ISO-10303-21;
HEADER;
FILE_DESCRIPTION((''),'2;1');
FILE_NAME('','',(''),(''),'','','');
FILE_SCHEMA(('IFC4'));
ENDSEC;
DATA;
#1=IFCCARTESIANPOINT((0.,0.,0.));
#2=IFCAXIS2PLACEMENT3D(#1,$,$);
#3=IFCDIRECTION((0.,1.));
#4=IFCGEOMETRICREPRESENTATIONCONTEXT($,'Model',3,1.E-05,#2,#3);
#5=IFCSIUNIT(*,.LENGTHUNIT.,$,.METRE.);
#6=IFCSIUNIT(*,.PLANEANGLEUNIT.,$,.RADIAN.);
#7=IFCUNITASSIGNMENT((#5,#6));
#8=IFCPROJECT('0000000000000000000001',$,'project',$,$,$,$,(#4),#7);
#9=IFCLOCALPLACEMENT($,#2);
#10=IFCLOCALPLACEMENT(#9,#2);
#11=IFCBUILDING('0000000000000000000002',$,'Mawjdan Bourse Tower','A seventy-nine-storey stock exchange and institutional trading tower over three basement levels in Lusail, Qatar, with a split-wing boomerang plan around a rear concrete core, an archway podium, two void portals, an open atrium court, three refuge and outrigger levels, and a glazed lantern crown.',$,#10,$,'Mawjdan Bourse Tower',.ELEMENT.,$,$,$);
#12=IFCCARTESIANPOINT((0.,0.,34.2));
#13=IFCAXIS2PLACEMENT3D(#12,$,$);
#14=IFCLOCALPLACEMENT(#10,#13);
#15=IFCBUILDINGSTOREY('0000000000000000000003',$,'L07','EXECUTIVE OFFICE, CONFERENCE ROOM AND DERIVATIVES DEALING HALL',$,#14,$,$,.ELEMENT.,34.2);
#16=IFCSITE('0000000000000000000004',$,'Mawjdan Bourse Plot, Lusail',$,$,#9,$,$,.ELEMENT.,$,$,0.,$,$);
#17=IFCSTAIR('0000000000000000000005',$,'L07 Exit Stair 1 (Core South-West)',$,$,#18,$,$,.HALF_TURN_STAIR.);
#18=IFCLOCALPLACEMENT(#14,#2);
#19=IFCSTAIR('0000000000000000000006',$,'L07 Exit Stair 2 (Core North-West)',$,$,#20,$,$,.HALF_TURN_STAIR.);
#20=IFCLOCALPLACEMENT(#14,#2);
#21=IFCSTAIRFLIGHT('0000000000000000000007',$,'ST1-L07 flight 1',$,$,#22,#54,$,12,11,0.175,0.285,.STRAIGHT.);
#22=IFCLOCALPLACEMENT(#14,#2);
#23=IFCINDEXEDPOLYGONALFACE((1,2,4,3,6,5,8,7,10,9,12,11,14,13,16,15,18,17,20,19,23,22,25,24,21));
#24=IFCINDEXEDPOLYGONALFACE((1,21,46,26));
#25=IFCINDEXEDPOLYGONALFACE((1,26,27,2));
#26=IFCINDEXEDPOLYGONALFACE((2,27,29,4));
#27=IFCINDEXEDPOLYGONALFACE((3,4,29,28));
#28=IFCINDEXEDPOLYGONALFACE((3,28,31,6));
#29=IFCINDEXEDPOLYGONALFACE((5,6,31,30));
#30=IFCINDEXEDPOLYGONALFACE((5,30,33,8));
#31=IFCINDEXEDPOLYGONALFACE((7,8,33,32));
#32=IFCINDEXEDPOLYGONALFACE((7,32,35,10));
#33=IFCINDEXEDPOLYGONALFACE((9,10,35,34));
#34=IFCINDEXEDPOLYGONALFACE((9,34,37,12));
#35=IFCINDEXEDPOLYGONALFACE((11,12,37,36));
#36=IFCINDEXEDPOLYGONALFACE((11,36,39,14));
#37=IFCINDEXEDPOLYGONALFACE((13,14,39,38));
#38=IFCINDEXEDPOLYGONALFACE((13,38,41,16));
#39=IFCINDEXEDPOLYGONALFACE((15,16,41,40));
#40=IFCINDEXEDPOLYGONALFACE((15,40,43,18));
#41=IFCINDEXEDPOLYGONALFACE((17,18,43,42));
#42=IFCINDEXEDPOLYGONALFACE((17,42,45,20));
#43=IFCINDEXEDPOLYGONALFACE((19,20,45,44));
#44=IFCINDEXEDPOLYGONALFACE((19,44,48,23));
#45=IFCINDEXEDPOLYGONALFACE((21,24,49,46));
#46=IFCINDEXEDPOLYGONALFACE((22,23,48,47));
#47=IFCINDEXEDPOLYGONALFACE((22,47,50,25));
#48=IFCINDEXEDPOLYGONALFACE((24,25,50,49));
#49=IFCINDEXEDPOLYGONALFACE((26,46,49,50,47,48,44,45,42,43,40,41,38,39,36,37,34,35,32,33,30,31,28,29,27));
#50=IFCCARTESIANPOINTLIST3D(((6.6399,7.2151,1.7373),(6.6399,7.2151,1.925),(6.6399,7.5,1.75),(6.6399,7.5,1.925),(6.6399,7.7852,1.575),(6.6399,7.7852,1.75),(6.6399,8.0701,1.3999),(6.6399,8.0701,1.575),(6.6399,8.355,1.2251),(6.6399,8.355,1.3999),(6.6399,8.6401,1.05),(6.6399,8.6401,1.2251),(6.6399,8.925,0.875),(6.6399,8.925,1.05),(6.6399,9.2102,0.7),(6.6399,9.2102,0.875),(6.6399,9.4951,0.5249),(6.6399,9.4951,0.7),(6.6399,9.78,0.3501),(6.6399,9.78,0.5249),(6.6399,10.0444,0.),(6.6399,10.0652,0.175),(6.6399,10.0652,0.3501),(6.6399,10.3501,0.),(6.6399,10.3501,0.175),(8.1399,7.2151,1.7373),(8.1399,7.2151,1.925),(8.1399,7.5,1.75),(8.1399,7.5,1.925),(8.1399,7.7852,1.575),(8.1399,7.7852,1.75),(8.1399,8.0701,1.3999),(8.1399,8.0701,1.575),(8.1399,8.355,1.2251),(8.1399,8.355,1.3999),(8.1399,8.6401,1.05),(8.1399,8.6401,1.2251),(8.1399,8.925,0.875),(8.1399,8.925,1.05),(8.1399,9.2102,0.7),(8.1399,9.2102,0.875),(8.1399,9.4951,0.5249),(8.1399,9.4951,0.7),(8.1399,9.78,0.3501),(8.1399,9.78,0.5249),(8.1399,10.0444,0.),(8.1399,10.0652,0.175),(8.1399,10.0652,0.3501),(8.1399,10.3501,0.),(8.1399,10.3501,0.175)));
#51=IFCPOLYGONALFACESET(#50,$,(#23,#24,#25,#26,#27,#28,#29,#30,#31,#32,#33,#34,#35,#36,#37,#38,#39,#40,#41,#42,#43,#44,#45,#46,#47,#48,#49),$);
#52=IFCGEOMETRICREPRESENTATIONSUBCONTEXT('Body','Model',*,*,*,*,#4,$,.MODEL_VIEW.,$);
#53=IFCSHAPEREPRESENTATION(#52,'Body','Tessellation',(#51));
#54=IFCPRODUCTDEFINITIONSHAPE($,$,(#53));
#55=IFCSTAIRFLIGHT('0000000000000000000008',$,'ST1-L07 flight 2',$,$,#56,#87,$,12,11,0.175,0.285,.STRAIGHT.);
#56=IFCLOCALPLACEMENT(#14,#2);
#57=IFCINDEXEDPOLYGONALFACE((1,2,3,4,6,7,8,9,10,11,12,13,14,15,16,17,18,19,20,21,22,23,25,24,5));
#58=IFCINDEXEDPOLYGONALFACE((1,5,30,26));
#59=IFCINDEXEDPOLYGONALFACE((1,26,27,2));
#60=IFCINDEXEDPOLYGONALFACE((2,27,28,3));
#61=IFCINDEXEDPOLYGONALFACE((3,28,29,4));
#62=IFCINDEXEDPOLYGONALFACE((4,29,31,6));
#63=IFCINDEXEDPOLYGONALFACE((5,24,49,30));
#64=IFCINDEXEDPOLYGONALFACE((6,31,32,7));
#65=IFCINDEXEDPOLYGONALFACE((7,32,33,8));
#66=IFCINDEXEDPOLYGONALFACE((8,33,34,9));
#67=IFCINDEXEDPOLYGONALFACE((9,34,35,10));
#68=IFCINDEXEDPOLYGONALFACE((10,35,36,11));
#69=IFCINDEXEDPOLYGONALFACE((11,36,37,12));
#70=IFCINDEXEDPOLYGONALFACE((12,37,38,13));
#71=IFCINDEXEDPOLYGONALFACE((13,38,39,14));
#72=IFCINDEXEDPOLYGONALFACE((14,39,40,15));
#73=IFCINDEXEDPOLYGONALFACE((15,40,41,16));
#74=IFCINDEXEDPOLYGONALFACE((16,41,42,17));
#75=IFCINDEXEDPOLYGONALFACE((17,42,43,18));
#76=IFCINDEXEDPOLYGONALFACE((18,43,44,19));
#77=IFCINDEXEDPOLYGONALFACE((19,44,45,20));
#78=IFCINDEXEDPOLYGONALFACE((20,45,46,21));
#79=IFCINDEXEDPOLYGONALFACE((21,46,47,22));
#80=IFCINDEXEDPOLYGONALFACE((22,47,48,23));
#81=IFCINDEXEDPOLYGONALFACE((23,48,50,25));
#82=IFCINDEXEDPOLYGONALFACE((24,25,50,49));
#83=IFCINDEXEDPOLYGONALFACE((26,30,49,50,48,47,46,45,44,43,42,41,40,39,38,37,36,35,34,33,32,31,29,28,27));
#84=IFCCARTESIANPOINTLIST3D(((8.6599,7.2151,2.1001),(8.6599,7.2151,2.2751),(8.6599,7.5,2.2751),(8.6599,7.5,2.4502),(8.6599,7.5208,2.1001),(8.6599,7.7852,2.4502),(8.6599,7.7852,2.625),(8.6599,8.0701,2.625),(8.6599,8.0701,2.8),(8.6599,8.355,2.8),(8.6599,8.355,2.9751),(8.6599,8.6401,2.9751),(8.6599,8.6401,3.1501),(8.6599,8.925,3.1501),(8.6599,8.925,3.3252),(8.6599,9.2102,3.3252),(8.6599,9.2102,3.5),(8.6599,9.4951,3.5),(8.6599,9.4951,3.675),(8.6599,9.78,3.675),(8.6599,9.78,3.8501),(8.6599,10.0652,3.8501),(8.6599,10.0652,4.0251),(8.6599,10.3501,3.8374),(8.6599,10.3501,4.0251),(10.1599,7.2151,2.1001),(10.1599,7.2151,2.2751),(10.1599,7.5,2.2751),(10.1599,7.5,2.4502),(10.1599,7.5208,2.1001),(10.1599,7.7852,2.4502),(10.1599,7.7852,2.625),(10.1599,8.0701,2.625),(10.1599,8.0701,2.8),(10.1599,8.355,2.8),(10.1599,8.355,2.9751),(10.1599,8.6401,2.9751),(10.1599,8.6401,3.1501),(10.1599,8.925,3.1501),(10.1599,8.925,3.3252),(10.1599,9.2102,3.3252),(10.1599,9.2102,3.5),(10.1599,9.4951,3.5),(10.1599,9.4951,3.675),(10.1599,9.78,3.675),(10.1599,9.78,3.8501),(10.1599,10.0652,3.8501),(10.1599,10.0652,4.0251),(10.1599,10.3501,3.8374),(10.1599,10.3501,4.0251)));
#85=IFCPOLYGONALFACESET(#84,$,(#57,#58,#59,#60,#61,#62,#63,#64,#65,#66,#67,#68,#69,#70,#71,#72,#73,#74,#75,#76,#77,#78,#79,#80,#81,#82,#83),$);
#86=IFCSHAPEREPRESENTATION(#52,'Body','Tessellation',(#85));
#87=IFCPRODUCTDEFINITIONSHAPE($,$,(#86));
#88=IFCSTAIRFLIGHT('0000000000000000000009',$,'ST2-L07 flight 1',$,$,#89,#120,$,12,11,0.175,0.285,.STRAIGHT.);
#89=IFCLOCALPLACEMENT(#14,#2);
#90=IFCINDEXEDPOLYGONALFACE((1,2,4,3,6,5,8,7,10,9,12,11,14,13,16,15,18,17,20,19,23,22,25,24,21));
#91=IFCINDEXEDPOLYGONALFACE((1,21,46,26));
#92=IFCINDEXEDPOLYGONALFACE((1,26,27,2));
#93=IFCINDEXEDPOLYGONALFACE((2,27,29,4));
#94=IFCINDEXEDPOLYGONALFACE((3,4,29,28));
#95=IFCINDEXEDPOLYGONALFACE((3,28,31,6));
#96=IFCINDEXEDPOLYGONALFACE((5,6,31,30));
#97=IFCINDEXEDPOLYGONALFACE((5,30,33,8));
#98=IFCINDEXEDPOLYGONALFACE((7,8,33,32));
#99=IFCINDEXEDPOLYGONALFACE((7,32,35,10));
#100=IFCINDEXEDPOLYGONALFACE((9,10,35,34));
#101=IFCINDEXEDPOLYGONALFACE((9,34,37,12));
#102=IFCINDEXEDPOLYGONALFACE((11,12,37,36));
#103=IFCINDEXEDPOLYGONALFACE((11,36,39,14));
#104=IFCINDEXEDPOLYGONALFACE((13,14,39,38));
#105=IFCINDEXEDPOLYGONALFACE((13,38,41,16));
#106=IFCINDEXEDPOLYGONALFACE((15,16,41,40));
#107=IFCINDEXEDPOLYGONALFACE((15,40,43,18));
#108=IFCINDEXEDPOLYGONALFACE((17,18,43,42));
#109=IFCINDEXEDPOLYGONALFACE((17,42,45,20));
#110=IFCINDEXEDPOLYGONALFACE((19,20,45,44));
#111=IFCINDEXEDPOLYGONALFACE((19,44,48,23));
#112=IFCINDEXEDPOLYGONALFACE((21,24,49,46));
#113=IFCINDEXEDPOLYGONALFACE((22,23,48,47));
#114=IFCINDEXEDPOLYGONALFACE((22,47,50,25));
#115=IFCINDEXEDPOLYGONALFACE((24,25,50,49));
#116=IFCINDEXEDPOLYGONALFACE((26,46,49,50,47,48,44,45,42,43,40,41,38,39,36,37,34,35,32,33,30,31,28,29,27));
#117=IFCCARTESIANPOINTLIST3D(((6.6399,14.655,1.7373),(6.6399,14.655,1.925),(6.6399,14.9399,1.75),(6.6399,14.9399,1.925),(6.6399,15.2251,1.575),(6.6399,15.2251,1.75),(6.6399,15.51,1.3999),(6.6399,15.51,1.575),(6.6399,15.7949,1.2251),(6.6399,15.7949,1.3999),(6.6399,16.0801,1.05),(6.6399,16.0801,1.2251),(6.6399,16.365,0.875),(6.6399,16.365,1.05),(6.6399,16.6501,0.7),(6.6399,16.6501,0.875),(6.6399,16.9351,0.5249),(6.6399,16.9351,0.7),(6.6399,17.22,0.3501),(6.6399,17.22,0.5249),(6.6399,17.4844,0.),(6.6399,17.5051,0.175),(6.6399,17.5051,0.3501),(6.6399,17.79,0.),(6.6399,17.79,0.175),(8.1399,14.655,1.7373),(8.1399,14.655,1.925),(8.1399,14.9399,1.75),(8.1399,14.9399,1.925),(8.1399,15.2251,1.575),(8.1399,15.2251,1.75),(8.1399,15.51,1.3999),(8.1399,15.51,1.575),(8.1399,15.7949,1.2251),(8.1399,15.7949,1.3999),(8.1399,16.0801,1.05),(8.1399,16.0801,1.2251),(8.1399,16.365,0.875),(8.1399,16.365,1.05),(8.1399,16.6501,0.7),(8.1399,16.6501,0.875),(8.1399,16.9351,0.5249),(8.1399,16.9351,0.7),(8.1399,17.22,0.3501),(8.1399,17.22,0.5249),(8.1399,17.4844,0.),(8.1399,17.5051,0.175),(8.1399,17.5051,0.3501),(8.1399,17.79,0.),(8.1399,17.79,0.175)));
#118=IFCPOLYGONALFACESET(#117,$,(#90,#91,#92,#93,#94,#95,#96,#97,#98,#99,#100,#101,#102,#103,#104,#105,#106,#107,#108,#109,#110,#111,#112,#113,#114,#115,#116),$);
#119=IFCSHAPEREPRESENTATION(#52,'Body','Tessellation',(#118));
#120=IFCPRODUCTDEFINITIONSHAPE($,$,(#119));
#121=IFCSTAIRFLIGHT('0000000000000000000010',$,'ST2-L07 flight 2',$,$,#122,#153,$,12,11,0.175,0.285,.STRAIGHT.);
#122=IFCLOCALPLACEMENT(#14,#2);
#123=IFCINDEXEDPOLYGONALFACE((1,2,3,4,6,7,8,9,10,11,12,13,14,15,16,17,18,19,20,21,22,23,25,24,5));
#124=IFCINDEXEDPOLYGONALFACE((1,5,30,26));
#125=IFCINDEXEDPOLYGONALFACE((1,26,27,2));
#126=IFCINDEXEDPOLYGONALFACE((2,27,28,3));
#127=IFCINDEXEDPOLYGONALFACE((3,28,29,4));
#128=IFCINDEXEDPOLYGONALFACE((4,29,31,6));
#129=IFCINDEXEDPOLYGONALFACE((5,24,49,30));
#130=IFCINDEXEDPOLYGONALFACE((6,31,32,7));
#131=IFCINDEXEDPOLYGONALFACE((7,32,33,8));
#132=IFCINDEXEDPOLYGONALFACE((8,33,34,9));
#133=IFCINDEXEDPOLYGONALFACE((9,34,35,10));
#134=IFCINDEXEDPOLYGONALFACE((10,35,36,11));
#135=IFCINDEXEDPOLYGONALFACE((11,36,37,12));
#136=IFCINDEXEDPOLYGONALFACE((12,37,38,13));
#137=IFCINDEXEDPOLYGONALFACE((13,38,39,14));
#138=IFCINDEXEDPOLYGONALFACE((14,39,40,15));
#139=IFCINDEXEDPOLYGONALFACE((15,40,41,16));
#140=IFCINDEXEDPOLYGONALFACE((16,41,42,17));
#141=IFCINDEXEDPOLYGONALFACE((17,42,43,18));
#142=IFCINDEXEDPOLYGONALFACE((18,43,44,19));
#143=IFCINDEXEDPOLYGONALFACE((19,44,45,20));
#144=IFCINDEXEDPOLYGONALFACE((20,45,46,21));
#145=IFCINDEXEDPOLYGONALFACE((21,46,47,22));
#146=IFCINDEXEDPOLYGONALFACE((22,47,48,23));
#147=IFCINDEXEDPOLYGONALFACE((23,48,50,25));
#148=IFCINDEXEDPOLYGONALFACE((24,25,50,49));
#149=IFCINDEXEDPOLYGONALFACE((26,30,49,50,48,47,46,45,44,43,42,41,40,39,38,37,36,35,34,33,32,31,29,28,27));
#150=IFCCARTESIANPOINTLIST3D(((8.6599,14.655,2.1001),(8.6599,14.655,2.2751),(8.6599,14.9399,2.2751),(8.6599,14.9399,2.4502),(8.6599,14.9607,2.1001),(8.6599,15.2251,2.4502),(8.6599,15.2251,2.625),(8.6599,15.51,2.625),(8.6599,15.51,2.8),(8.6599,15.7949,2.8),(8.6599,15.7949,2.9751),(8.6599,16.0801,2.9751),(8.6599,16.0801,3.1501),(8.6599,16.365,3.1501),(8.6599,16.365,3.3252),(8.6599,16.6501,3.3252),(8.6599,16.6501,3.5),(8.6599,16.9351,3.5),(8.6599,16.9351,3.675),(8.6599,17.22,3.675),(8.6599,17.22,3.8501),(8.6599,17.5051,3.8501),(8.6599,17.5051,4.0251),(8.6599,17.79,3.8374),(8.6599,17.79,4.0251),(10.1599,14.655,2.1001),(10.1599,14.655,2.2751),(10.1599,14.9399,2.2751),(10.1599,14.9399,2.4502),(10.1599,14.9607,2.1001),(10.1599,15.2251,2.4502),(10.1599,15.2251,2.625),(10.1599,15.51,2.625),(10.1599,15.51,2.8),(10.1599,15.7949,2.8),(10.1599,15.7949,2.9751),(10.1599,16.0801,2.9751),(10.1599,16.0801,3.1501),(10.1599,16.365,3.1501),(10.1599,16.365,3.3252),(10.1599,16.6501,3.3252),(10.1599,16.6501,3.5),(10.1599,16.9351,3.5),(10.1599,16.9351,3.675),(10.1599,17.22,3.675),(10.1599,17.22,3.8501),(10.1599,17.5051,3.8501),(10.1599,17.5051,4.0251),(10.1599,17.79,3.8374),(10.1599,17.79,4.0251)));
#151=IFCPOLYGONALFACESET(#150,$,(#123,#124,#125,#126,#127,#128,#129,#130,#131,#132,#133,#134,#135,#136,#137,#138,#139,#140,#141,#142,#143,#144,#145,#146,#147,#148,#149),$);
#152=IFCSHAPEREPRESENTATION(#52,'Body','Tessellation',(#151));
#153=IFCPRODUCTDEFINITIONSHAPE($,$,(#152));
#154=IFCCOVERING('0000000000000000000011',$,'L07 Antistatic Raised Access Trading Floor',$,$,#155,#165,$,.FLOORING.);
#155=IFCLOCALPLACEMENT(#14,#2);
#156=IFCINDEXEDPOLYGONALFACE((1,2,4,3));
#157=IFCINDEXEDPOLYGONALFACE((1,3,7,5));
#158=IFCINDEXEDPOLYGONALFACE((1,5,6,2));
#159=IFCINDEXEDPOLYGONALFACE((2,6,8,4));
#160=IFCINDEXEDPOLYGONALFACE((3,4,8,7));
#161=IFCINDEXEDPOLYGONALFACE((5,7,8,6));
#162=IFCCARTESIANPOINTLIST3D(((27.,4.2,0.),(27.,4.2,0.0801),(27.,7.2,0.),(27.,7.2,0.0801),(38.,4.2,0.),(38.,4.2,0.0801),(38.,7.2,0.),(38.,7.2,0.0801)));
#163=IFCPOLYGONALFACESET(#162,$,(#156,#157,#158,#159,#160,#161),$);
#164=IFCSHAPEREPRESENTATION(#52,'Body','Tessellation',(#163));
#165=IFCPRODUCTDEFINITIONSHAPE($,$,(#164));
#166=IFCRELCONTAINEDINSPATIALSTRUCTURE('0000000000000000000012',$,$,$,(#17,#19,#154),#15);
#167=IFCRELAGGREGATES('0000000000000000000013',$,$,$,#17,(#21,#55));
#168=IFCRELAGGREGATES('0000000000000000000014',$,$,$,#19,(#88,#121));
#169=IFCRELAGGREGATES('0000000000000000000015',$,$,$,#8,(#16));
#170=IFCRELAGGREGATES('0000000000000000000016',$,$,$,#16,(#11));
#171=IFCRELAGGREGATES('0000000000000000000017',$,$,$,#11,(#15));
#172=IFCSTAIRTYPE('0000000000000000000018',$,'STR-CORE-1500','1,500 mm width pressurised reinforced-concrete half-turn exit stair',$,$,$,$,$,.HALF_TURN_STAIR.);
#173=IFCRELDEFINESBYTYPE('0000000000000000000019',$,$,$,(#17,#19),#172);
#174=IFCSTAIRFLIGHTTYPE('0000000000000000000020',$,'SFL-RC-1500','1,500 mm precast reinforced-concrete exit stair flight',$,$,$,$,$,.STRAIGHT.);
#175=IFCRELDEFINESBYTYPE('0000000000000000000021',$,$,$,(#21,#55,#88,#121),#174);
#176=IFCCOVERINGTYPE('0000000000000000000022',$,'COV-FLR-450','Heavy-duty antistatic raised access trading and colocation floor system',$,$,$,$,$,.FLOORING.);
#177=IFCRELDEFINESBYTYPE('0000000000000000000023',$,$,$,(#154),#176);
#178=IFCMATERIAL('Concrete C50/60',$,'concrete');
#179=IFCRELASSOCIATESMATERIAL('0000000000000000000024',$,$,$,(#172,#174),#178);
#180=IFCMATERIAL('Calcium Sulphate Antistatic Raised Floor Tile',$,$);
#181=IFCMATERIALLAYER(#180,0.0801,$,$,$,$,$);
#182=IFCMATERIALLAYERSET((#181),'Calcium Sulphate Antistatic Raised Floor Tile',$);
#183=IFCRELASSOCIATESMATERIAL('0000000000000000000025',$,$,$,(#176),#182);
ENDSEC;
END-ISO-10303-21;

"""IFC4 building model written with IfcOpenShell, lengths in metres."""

from ifc_helpers import new_model, si_unit, direction, frame, origin, place, context, subcontext, project, spatial, polyline, outline, extrude, material, layer, layer_set, type_object, element, aggregate, save


model = new_model("IFC4")

# Units and contexts
model_context = context("Model", 3, precision=1e-05, world=origin(), true_north=direction((0.0, 1.0)))
body_context = subcontext(model_context, "Body", "Model", "MODEL_VIEW")
ifc_project = project(units=[si_unit("LENGTHUNIT", "METRE"), si_unit("PLANEANGLEUNIT", "RADIAN")], contexts=[model_context])

# Site, building, storey
site_placement = place(None, origin())
site = spatial("IfcSite", under=ifc_project, at=site_placement, Name="Mawjdan Bourse Plot, Lusail", CompositionType="ELEMENT", RefElevation=0.0)
building_placement = place(site_placement, origin())
building = spatial("IfcBuilding", under=site, at=building_placement, Name="Mawjdan Bourse Tower", Description="A seventy-nine-storey stock exchange and institutional trading tower over three basement levels in Lusail, Qatar, with a split-wing boomerang plan around a rear concrete core, an archway podium, two void portals, an open atrium court, three refuge and outrigger levels, and a glazed lantern crown.", LongName="Mawjdan Bourse Tower", CompositionType="ELEMENT")
storey_placement = place(building_placement, frame((0.0, 0.0, 34.2)))
storey = spatial("IfcBuildingStorey", under=building, at=storey_placement, Name="L07", Description="EXECUTIVE OFFICE, CONFERENCE ROOM AND DERIVATIVES DEALING HALL", CompositionType="ELEMENT", Elevation=34.2)

# Stairs
ifc_material_1 = material(Name="Concrete C50/60", Category="concrete")
stair_type = type_object("IfcStairType", Name="STR-CORE-1500", Description="1,500 mm width pressurised reinforced-concrete half-turn exit stair", PredefinedType="HALF_TURN_STAIR", material=ifc_material_1)
stair_1_placement = place(storey_placement, origin())
stair_1 = element("IfcStair", 1, at=stair_1_placement, inside=storey, type_object=stair_type, Name="L07 Exit Stair 1 (Core South-West)", PredefinedType="HALF_TURN_STAIR")
stair_2_placement = place(storey_placement, origin())
stair_2 = element("IfcStair", 2, at=stair_2_placement, inside=storey, type_object=stair_type, Name="L07 Exit Stair 2 (Core North-West)", PredefinedType="HALF_TURN_STAIR")

# Stair flights
stair_flight_type = type_object("IfcStairFlightType", Name="SFL-RC-1500", Description="1,500 mm precast reinforced-concrete exit stair flight", PredefinedType="STRAIGHT", material=ifc_material_1)
stair_flight_1_placement = place(storey_placement, frame((7.3899, 10.3501, 0.0), z_axis=(0.0, 0.0, 1.0), x_axis=(0.0, -1.0, 0.0)))
stair_flight_1 = element("IfcStairFlight", 3, at=stair_flight_1_placement, type_object=stair_flight_type, Name="ST1-L07 flight 1", NumberOfRisers=12, NumberOfTreads=11, PredefinedType="STRAIGHT", RiserHeight=0.175, TreadLength=0.285, context=body_context, shape_type="SweptSolid", body=[
    extrude(outline(polyline([(0.0, 0.0), (0.0, 0.175), (0.2849, 0.175), (0.2849, 0.3501), (0.5701, 0.3501), (0.5701, 0.5249), (0.855, 0.5249), (0.855, 0.7), (1.1399, 0.7), (1.1399, 0.875), (1.425, 0.875), (1.425, 1.05), (1.71, 1.05), (1.71, 1.2251), (1.9951, 1.2251), (1.9951, 1.3999), (2.28, 1.3999), (2.28, 1.575), (2.5649, 1.575), (2.5649, 1.75), (2.8501, 1.75), (2.8501, 1.925), (3.135, 1.925), (3.135, 2.1001), (3.135, 1.7373), (0.3057, 0.0), (0.0, 0.0)])), frame((0.0, 0.75, 0.0), z_axis=(0.0, -1.0, 0.0), x_axis=(1.0, 0.0, 0.0)), (0.0, 0.0, 1.0), 1.5),
])
stair_flight_2_placement = place(storey_placement, frame((9.4099, 7.2151, 2.1001), z_axis=(0.0, 0.0, 1.0), x_axis=(0.0, 1.0, 0.0)))
stair_flight_2 = element("IfcStairFlight", 4, at=stair_flight_2_placement, type_object=stair_flight_type, Name="ST1-L07 flight 2", NumberOfRisers=12, NumberOfTreads=11, PredefinedType="STRAIGHT", RiserHeight=0.175, TreadLength=0.285, context=body_context, shape_type="SweptSolid", body=[
    extrude(outline(polyline([(0.0, 0.0), (0.0, 0.175), (0.2849, 0.175), (0.2849, 0.3501), (0.5701, 0.3501), (0.5701, 0.5249), (0.855, 0.5249), (0.855, 0.7), (1.1399, 0.7), (1.1399, 0.875), (1.425, 0.875), (1.425, 1.05), (1.71, 1.05), (1.71, 1.2251), (1.9951, 1.2251), (1.9951, 1.3999), (2.28, 1.3999), (2.28, 1.575), (2.5649, 1.575), (2.5649, 1.75), (2.8501, 1.75), (2.8501, 1.925), (3.135, 1.925), (3.135, 2.1001), (3.135, 1.7373), (0.3057, 0.0), (0.0, 0.0)])), frame((0.0, 0.75, 0.0), z_axis=(0.0, -1.0, 0.0), x_axis=(1.0, 0.0, 0.0)), (0.0, 0.0, 1.0), 1.5),
])
aggregate(stair_1, [stair_flight_1, stair_flight_2])
stair_flight_3_placement = place(storey_placement, frame((7.3899, 17.79, 0.0), z_axis=(0.0, 0.0, 1.0), x_axis=(0.0, -1.0, 0.0)))
stair_flight_3 = element("IfcStairFlight", 5, at=stair_flight_3_placement, type_object=stair_flight_type, Name="ST2-L07 flight 1", NumberOfRisers=12, NumberOfTreads=11, PredefinedType="STRAIGHT", RiserHeight=0.175, TreadLength=0.285, context=body_context, shape_type="SweptSolid", body=[
    extrude(outline(polyline([(0.0, 0.0), (0.0, 0.175), (0.2849, 0.175), (0.2849, 0.3501), (0.5701, 0.3501), (0.5701, 0.5249), (0.855, 0.5249), (0.855, 0.7), (1.1399, 0.7), (1.1399, 0.875), (1.425, 0.875), (1.425, 1.05), (1.71, 1.05), (1.71, 1.2251), (1.9951, 1.2251), (1.9951, 1.3999), (2.28, 1.3999), (2.28, 1.575), (2.5649, 1.575), (2.5649, 1.75), (2.8501, 1.75), (2.8501, 1.925), (3.135, 1.925), (3.135, 2.1001), (3.135, 1.7373), (0.3057, 0.0), (0.0, 0.0)])), frame((0.0, 0.75, 0.0), z_axis=(0.0, -1.0, 0.0), x_axis=(1.0, 0.0, 0.0)), (0.0, 0.0, 1.0), 1.5),
])
stair_flight_4_placement = place(storey_placement, frame((9.4099, 14.655, 2.1001), z_axis=(0.0, 0.0, 1.0), x_axis=(0.0, 1.0, 0.0)))
stair_flight_4 = element("IfcStairFlight", 6, at=stair_flight_4_placement, type_object=stair_flight_type, Name="ST2-L07 flight 2", NumberOfRisers=12, NumberOfTreads=11, PredefinedType="STRAIGHT", RiserHeight=0.175, TreadLength=0.285, context=body_context, shape_type="SweptSolid", body=[
    extrude(outline(polyline([(0.0, 0.0), (0.0, 0.175), (0.2849, 0.175), (0.2849, 0.3501), (0.5701, 0.3501), (0.5701, 0.5249), (0.855, 0.5249), (0.855, 0.7), (1.1399, 0.7), (1.1399, 0.875), (1.425, 0.875), (1.425, 1.05), (1.71, 1.05), (1.71, 1.2251), (1.9951, 1.2251), (1.9951, 1.3999), (2.28, 1.3999), (2.28, 1.575), (2.5649, 1.575), (2.5649, 1.75), (2.8501, 1.75), (2.8501, 1.925), (3.135, 1.925), (3.135, 2.1001), (3.135, 1.7373), (0.3057, 0.0), (0.0, 0.0)])), frame((0.0, 0.75, 0.0), z_axis=(0.0, -1.0, 0.0), x_axis=(1.0, 0.0, 0.0)), (0.0, 0.0, 1.0), 1.5),
])
aggregate(stair_2, [stair_flight_3, stair_flight_4])

# Covering
ifc_material_2 = material(Name="Calcium Sulphate Antistatic Raised Floor Tile")
ifc_layer_1 = layer(ifc_material_2, 0.0801)
ifc_layer_set_1 = layer_set([ifc_layer_1], Name="Calcium Sulphate Antistatic Raised Floor Tile")
covering_type = type_object("IfcCoveringType", Name="COV-FLR-450", Description="Heavy-duty antistatic raised access trading and colocation floor system", PredefinedType="FLOORING", material=ifc_layer_set_1)
covering_placement = place(storey_placement, origin())
element("IfcCovering", 7, at=covering_placement, inside=storey, type_object=covering_type, Name="L07 Antistatic Raised Access Trading Floor", PredefinedType="FLOORING", context=body_context, shape_type="SweptSolid", body=[
    extrude(outline(polyline([(27.0, 4.2), (38.0, 4.2), (38.0, 7.2), (27.0, 7.2), (27.0, 4.2)])), origin(), (0.0, 0.0, 1.0), 0.0801),
])

save(model, "model.ifc")
